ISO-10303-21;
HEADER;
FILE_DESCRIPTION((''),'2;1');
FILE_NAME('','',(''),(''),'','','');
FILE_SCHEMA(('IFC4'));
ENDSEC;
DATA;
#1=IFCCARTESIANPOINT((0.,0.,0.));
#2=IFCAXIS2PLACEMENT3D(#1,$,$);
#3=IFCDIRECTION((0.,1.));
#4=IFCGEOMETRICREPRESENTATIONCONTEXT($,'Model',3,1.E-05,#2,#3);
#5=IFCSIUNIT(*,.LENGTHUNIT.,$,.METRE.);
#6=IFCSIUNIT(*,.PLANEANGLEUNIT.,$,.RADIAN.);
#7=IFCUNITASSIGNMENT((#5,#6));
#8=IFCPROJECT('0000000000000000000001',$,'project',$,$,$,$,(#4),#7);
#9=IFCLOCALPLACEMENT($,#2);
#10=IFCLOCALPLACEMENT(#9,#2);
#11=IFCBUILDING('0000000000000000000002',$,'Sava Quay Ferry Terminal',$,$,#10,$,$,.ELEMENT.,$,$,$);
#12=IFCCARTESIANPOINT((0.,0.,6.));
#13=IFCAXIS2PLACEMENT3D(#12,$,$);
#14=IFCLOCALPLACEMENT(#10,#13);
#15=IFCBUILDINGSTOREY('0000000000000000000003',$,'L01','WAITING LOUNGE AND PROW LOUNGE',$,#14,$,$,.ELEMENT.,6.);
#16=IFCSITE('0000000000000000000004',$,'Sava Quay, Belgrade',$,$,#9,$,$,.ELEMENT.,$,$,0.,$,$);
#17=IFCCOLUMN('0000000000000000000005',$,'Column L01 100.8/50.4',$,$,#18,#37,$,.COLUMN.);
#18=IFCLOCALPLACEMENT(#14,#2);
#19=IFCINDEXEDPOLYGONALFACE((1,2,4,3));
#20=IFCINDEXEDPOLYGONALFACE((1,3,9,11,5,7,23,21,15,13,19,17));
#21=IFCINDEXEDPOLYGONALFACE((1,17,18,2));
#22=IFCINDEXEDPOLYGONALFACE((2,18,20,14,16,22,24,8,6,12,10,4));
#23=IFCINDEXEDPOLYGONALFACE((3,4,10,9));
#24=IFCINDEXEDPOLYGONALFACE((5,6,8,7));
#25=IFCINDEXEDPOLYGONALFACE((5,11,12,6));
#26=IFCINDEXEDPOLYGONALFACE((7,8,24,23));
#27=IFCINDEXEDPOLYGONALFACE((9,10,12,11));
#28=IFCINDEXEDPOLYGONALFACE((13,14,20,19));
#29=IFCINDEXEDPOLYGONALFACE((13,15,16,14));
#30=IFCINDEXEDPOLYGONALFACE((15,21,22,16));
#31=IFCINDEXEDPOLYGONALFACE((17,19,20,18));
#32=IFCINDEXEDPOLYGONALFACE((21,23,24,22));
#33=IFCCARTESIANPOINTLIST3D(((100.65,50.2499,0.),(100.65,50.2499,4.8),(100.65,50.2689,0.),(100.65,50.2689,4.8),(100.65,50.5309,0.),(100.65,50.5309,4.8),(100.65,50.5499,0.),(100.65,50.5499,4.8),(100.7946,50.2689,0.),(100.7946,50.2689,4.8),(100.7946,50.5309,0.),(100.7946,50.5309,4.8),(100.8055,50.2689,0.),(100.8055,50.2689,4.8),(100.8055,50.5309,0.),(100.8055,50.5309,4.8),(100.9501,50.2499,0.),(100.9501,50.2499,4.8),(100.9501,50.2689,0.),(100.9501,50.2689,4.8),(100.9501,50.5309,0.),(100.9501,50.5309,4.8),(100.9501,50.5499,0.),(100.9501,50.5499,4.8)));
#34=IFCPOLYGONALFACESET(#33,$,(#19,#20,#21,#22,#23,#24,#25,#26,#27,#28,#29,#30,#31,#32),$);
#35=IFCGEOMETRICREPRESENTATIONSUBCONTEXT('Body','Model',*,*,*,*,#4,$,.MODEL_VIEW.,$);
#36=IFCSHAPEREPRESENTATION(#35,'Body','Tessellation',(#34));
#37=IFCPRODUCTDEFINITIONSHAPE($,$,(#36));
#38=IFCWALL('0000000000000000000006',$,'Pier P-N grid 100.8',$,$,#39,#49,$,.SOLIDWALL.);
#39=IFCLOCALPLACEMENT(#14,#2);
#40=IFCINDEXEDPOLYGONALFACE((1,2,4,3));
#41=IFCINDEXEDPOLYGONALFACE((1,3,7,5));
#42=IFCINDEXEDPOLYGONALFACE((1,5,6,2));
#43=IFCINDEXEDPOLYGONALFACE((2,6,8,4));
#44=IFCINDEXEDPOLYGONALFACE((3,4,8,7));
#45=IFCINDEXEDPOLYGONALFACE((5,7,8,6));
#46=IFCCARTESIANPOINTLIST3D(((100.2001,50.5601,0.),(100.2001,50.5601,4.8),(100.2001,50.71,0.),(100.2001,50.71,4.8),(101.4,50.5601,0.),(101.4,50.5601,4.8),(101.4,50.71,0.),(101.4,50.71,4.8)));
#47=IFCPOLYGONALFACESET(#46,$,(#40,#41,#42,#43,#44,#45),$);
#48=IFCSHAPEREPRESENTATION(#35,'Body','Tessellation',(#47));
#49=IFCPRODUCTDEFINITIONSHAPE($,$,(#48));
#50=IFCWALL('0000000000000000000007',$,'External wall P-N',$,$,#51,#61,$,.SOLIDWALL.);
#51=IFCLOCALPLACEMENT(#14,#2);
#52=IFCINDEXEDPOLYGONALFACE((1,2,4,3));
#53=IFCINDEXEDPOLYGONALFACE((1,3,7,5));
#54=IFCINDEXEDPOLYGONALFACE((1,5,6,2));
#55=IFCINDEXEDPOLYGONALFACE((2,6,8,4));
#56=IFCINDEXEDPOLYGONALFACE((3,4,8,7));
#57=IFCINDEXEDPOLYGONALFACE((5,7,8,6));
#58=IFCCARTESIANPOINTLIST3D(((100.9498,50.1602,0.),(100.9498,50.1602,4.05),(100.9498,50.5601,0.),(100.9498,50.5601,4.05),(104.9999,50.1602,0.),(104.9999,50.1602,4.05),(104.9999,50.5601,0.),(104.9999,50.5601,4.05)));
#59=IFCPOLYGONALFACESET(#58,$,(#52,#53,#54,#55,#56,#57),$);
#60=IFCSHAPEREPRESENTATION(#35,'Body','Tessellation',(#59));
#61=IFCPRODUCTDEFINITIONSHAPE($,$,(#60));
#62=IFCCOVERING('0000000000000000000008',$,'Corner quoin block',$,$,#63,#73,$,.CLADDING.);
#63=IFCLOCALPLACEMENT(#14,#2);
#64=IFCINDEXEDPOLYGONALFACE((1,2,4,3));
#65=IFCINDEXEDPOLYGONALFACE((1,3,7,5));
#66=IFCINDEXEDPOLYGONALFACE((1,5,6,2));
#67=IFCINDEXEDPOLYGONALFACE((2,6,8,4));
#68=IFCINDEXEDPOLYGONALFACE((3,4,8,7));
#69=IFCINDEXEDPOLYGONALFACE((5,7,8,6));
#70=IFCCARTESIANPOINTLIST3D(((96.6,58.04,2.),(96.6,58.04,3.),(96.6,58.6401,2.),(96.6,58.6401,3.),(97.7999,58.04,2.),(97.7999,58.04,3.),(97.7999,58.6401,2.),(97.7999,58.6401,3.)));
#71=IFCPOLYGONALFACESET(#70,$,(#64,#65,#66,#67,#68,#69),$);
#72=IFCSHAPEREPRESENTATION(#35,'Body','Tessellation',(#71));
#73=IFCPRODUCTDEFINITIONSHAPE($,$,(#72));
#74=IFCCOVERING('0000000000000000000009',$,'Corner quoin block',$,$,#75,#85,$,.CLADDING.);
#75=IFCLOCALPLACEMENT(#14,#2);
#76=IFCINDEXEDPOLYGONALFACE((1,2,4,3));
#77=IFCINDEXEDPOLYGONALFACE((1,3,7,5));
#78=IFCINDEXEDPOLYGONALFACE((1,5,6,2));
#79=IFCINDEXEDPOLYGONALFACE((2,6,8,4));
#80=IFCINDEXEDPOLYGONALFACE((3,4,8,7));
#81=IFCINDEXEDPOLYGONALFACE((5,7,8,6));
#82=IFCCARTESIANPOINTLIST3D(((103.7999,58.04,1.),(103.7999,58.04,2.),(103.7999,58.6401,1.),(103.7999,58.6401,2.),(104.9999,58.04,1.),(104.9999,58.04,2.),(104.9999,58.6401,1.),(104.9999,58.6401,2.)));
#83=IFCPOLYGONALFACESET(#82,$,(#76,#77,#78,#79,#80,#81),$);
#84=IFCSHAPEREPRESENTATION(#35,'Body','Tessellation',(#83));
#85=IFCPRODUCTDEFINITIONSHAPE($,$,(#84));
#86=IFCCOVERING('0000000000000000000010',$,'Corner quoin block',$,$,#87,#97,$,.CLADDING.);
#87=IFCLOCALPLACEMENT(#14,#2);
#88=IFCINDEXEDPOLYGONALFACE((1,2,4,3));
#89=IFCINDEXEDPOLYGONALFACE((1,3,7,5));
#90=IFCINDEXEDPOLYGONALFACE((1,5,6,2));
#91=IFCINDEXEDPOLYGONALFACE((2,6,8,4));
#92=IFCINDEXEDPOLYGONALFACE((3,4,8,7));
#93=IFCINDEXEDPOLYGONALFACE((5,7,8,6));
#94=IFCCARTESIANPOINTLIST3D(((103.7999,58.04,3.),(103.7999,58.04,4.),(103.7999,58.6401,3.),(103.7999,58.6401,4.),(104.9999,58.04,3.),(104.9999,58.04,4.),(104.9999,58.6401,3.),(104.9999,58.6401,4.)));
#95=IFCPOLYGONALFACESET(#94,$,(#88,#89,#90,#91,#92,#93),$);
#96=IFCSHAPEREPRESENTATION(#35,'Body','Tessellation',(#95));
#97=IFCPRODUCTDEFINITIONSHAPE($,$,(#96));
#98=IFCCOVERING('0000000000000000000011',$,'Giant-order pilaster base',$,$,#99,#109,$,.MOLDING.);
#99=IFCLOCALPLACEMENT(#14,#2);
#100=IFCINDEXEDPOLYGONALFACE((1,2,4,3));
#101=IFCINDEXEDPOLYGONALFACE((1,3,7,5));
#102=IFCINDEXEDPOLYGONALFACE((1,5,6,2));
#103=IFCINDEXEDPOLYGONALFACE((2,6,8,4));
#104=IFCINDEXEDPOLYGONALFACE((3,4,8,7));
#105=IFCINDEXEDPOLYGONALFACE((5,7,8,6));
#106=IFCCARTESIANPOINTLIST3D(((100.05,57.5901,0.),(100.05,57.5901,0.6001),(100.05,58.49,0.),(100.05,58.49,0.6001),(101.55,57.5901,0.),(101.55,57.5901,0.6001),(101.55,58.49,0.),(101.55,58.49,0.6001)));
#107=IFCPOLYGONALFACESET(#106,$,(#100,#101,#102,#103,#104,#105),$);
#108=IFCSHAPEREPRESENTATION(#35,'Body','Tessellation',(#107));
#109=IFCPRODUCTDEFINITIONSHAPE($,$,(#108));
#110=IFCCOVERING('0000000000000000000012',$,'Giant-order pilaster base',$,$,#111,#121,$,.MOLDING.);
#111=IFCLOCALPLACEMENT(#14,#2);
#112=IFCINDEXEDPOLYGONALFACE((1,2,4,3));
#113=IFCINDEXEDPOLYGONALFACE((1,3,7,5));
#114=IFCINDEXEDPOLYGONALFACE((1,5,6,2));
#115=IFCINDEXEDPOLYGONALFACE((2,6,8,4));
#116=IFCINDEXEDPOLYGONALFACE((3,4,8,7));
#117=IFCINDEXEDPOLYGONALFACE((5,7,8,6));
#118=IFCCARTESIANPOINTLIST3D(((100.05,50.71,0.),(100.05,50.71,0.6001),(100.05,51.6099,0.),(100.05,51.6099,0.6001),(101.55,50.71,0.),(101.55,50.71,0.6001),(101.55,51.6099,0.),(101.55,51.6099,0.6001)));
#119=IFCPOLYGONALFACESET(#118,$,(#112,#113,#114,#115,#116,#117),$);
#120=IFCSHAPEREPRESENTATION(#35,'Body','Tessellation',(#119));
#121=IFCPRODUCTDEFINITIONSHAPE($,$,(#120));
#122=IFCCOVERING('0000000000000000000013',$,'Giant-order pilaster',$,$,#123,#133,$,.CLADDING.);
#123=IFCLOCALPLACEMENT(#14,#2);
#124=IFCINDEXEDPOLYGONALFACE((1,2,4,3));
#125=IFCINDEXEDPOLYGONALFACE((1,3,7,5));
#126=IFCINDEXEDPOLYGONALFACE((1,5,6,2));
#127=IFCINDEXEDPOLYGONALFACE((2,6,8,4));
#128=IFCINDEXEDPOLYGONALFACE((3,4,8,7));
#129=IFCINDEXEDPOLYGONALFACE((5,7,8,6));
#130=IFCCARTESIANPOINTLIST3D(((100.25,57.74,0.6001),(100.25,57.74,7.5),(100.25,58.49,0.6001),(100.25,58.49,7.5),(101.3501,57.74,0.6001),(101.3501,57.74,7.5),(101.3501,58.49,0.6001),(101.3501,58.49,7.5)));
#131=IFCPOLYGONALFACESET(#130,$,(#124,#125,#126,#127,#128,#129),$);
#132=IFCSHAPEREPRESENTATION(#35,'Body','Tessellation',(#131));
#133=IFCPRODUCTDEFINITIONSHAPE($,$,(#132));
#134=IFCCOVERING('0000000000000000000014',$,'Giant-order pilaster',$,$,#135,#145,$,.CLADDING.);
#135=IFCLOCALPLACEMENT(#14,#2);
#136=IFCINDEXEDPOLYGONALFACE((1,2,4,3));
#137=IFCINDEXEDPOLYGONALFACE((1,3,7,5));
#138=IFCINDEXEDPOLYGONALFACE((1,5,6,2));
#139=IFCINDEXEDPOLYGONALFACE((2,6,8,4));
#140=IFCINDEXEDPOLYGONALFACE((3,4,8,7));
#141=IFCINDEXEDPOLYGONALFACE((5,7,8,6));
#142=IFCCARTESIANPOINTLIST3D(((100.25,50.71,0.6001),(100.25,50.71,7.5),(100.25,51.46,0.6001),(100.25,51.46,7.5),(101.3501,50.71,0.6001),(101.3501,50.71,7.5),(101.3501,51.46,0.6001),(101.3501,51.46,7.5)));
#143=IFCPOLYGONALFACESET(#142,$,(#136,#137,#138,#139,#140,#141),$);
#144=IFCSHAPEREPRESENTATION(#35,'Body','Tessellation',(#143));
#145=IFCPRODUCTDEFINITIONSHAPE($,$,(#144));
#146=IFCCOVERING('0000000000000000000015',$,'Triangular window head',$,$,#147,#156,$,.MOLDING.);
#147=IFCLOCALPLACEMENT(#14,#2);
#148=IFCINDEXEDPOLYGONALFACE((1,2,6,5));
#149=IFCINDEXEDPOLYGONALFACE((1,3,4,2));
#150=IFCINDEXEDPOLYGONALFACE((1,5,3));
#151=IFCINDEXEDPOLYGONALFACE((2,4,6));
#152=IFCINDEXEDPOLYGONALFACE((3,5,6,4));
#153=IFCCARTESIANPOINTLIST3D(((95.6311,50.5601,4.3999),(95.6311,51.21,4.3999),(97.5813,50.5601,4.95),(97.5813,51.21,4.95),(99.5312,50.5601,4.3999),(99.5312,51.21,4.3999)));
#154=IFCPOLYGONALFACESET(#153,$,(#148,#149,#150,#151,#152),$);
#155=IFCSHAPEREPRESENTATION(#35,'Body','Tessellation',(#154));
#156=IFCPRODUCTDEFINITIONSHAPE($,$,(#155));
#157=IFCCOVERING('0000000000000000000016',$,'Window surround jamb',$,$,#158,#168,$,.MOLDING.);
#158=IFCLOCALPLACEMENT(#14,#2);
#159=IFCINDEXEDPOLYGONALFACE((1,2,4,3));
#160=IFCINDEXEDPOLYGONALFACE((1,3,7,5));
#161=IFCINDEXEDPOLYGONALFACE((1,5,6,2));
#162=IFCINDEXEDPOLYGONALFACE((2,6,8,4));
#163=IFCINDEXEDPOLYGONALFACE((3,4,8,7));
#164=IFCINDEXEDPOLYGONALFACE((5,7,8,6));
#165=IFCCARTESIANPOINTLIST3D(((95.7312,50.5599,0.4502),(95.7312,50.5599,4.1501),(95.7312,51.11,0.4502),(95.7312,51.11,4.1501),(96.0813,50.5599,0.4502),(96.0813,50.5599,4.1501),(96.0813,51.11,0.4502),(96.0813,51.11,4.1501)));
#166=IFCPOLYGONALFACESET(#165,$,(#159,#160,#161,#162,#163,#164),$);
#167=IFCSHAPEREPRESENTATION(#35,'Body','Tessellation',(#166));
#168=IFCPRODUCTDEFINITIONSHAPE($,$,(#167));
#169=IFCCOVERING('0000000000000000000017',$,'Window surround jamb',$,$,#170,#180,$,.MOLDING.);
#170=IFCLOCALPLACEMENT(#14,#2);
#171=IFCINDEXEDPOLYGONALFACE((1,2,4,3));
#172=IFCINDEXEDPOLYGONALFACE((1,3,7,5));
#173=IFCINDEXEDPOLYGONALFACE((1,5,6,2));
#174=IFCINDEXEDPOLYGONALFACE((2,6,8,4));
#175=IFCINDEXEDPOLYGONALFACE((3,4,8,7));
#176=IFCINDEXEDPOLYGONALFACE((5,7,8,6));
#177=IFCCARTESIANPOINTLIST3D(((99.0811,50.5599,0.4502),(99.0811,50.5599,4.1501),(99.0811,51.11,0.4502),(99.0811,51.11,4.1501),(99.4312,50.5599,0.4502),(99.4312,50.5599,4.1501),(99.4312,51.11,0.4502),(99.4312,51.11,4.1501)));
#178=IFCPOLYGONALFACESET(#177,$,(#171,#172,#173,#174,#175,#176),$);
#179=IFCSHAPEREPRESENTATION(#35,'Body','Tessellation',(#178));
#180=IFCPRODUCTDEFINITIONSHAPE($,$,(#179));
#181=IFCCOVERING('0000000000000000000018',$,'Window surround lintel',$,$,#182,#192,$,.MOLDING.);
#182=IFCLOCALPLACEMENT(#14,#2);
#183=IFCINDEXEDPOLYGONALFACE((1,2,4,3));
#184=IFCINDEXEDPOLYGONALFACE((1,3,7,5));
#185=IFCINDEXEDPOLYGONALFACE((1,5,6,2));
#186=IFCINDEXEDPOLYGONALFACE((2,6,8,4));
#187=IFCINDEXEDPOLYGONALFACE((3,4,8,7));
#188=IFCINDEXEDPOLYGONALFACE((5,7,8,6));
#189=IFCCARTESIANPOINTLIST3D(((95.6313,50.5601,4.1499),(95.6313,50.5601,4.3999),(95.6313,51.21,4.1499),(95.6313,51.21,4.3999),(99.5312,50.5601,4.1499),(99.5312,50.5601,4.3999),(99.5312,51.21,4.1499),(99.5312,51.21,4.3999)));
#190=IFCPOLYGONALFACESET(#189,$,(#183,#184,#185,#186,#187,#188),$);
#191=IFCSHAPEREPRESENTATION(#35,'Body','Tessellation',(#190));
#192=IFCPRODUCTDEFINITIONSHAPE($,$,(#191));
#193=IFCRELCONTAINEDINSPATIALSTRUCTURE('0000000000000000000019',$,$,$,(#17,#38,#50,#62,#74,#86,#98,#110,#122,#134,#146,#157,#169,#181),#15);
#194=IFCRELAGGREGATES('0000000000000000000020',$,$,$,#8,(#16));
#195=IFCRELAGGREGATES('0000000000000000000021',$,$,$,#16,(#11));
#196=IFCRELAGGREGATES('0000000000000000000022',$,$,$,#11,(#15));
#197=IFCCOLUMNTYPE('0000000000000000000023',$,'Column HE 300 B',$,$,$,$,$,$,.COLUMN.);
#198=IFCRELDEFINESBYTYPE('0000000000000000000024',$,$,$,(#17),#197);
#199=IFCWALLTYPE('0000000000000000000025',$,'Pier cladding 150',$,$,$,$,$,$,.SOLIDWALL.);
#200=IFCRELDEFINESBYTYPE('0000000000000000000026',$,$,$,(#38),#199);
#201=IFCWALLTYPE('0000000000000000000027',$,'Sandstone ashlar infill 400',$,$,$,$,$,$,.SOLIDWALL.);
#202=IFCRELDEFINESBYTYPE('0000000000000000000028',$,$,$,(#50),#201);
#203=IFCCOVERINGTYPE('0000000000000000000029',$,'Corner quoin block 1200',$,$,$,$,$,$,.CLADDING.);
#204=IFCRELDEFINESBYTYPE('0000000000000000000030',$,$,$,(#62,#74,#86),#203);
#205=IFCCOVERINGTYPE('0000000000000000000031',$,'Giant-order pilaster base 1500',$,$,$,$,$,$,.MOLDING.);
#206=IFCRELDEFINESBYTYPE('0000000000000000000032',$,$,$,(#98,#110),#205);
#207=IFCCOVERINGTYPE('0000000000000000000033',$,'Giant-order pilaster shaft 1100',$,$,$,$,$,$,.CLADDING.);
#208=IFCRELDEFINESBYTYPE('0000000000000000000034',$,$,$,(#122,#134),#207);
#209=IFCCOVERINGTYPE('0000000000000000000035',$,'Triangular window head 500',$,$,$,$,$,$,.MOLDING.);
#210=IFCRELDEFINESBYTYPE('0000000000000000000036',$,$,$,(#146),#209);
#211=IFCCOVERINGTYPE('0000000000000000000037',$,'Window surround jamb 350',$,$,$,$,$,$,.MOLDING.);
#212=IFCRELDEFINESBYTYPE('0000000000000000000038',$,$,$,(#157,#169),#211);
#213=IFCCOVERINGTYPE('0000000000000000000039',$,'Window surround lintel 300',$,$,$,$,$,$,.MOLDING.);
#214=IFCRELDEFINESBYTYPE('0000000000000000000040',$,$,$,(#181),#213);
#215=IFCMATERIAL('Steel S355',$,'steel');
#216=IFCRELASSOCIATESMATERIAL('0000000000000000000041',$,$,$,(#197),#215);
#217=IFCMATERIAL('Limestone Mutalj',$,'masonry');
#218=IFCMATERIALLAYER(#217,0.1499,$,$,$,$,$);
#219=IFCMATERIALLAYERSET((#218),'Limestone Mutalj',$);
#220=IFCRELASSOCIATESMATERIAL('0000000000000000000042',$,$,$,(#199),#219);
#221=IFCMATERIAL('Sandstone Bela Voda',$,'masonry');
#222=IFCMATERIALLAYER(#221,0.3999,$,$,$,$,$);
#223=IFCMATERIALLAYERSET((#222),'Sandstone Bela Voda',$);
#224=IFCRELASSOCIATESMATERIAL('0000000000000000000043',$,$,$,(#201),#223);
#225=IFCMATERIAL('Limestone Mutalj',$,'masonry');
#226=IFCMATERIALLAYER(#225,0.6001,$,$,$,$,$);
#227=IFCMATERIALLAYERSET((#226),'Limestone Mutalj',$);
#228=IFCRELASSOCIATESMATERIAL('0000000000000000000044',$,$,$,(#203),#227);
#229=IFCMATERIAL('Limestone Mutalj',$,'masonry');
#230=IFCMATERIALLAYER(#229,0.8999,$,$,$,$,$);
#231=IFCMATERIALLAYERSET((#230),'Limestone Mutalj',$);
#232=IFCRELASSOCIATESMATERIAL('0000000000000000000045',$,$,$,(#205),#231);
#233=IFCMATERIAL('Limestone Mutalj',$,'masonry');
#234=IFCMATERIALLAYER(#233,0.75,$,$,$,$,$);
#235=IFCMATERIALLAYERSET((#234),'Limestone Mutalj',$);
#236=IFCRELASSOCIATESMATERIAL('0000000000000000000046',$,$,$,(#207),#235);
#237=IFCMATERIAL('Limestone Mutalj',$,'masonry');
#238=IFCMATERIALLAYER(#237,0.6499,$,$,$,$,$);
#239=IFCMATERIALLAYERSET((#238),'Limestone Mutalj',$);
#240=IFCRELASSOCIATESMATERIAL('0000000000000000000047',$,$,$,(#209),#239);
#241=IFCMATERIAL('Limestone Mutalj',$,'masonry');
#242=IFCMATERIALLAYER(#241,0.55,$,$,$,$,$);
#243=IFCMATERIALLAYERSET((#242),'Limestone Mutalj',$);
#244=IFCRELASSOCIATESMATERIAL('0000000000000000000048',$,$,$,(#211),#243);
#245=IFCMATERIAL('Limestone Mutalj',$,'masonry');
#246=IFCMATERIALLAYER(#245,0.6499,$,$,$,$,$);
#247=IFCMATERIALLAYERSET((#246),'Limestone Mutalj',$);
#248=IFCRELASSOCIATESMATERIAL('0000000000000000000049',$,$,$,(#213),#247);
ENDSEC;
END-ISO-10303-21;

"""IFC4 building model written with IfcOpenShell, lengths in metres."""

from ifc_helpers import new_model, si_unit, direction, frame, frame_2d, origin, origin_2d, place, context, subcontext, project, spatial, polyline, rectangle, i_section, outline, extrude, material, layer, layer_set, material_profile, profile_set, type_object, element, save


model = new_model("IFC4")

# Units and contexts
model_context = context("Model", 3, precision=1e-05, world=origin(), true_north=direction((0.0, 1.0)))
body_context = subcontext(model_context, "Body", "Model", "MODEL_VIEW")
ifc_project = project(units=[si_unit("LENGTHUNIT", "METRE"), si_unit("PLANEANGLEUNIT", "RADIAN")], contexts=[model_context])

# Site, building, storey
site_placement = place(None, origin())
site = spatial("IfcSite", under=ifc_project, at=site_placement, Name="Sava Quay, Belgrade", CompositionType="ELEMENT", RefElevation=0.0)
building_placement = place(site_placement, origin())
building = spatial("IfcBuilding", under=site, at=building_placement, Name="Sava Quay Ferry Terminal", CompositionType="ELEMENT")
storey_placement = place(building_placement, frame((0.0, 0.0, 6.0)))
storey = spatial("IfcBuildingStorey", under=building, at=storey_placement, Name="L01", Description="WAITING LOUNGE AND PROW LOUNGE", CompositionType="ELEMENT", Elevation=6.0)

# Column
ifc_material_1 = material(Name="Steel S355", Category="steel")
ifc_material_profile = material_profile(ifc_material_1, i_section(OverallWidth=0.3, OverallDepth=0.3, WebThickness=0.011, FlangeThickness=0.019, at=origin_2d()), Name="HE 300 B")
ifc_profile_set = profile_set([ifc_material_profile], Name="Steel S355")
column_type = type_object("IfcColumnType", Name="Column HE 300 B", PredefinedType="COLUMN", material=ifc_profile_set)
column_placement = place(storey_placement, frame((100.8, 50.3999, 0.0), z_axis=(0.0, 0.0, 1.0), x_axis=(1.0, 0.0, 0.0)))
element("IfcColumn", 1, at=column_placement, inside=storey, type_object=column_type, Name="Column L01 100.8/50.4", PredefinedType="COLUMN", context=body_context, shape_type="SweptSolid", body=[
    extrude(i_section(OverallWidth=0.3, OverallDepth=0.3, WebThickness=0.011, FlangeThickness=0.019, at=origin_2d()), origin(), (0.0, 0.0, 1.0), 4.8),
])

# Walls
ifc_material_2 = material(Name="Limestone Mutalj", Category="masonry")
ifc_layer_1 = layer(ifc_material_2, 0.1499)
ifc_layer_set_1 = layer_set([ifc_layer_1], Name="Limestone Mutalj")
wall_type_1 = type_object("IfcWallType", Name="Pier cladding 150", PredefinedType="SOLIDWALL", material=ifc_layer_set_1)
wall_1_placement = place(storey_placement, frame((100.2, 50.635, 0.0), z_axis=(0.0, 0.0, 1.0), x_axis=(1.0, 0.0, 0.0)))
element("IfcWall", 2, at=wall_1_placement, inside=storey, type_object=wall_type_1, Name="Pier P-N grid 100.8", PredefinedType="SOLIDWALL", context=body_context, shape_type="SweptSolid", body=[
    extrude(rectangle(XDim=1.2, YDim=0.1499, at=frame_2d((0.6001, 0.0))), origin(), (0.0, 0.0, 1.0), 4.8),
])
ifc_material_3 = material(Name="Sandstone Bela Voda", Category="masonry")
ifc_layer_2 = layer(ifc_material_3, 0.3999)
ifc_layer_set_2 = layer_set([ifc_layer_2], Name="Sandstone Bela Voda")
wall_type_2 = type_object("IfcWallType", Name="Sandstone ashlar infill 400", PredefinedType="SOLIDWALL", material=ifc_layer_set_2)
wall_2_placement = place(storey_placement, frame((100.95, 50.3601, 0.0), z_axis=(0.0, 0.0, 1.0), x_axis=(1.0, 0.0, 0.0)))
element("IfcWall", 3, at=wall_2_placement, inside=storey, type_object=wall_type_2, Name="External wall P-N", PredefinedType="SOLIDWALL", context=body_context, shape_type="SweptSolid", body=[
    extrude(rectangle(XDim=4.05, YDim=0.3999, at=frame_2d((2.0249, 0.0))), origin(), (0.0, 0.0, 1.0), 4.05),
])

# Coverings
ifc_material_4 = material(Name="Limestone Mutalj", Category="masonry")
ifc_layer_3 = layer(ifc_material_4, 0.6001)
ifc_layer_set_3 = layer_set([ifc_layer_3], Name="Limestone Mutalj")
covering_type_1 = type_object("IfcCoveringType", Name="Corner quoin block 1200", PredefinedType="CLADDING", material=ifc_layer_set_3)
for number, where, z_axis, x_axis, name in (
    (4, (97.2, 58.3401, 2.0), (0.0, 0.0, 1.0), (1.0, 0.0, 0.0), "Corner quoin block"),
    (5, (104.3999, 58.3401, 1.0), (0.0, 0.0, 1.0), (1.0, 0.0, 0.0), "Corner quoin block"),
    (6, (104.3999, 58.3401, 3.0), (0.0, 0.0, 1.0), (1.0, 0.0, 0.0), "Corner quoin block"),
):
    element("IfcCovering", number, at=place(storey_placement, frame(where, z_axis=z_axis, x_axis=x_axis)), inside=storey, type_object=covering_type_1, Name=name, PredefinedType="CLADDING", context=body_context, shape_type="SweptSolid", body=[
        extrude(rectangle(XDim=1.2, YDim=0.6001, at=origin_2d()), origin(), (0.0, 0.0, 1.0), 1.0),
    ])
ifc_material_5 = material(Name="Limestone Mutalj", Category="masonry")
ifc_layer_4 = layer(ifc_material_5, 0.8999)
ifc_layer_set_4 = layer_set([ifc_layer_4], Name="Limestone Mutalj")
covering_type_2 = type_object("IfcCoveringType", Name="Giant-order pilaster base 1500", PredefinedType="MOLDING", material=ifc_layer_set_4)
for number, where, z_axis, x_axis, name in (
    (7, (100.8, 58.04, 0.0), (0.0, 0.0, 1.0), (1.0, 0.0, 0.0), "Giant-order pilaster base"),
    (8, (100.8, 51.1599, 0.0), (0.0, 0.0, 1.0), (1.0, 0.0, 0.0), "Giant-order pilaster base"),
):
    element("IfcCovering", number, at=place(storey_placement, frame(where, z_axis=z_axis, x_axis=x_axis)), inside=storey, type_object=covering_type_2, Name=name, PredefinedType="MOLDING", context=body_context, shape_type="SweptSolid", body=[
        extrude(rectangle(XDim=1.5, YDim=0.8999, at=origin_2d()), origin(), (0.0, 0.0, 1.0), 0.6001),
    ])
ifc_material_6 = material(Name="Limestone Mutalj", Category="masonry")
ifc_layer_5 = layer(ifc_material_6, 0.75)
ifc_layer_set_5 = layer_set([ifc_layer_5], Name="Limestone Mutalj")
covering_type_3 = type_object("IfcCoveringType", Name="Giant-order pilaster shaft 1100", PredefinedType="CLADDING", material=ifc_layer_set_5)
for number, where, z_axis, x_axis, name in (
    (9, (100.8, 58.115, 0.6001), (0.0, 0.0, 1.0), (1.0, 0.0, 0.0), "Giant-order pilaster"),
    (10, (100.8, 51.085, 0.6001), (0.0, 0.0, 1.0), (1.0, 0.0, 0.0), "Giant-order pilaster"),
):
    element("IfcCovering", number, at=place(storey_placement, frame(where, z_axis=z_axis, x_axis=x_axis)), inside=storey, type_object=covering_type_3, Name=name, PredefinedType="CLADDING", context=body_context, shape_type="SweptSolid", body=[
        extrude(rectangle(XDim=1.1001, YDim=0.75, at=origin_2d()), origin(), (0.0, 0.0, 1.0), 6.8999),
    ])
ifc_material_7 = material(Name="Limestone Mutalj", Category="masonry")
ifc_layer_6 = layer(ifc_material_7, 0.6499)
ifc_layer_set_6 = layer_set([ifc_layer_6], Name="Limestone Mutalj")
covering_type_4 = type_object("IfcCoveringType", Name="Triangular window head 500", PredefinedType="MOLDING", material=ifc_layer_set_6)
covering_1_placement = place(storey_placement, frame((95.6311, 50.5601, 4.3999), z_axis=(0.0, -1.0, 0.0), x_axis=(1.0, 0.0, 0.0)))
element("IfcCovering", 11, at=covering_1_placement, inside=storey, type_object=covering_type_4, Name="Triangular window head", PredefinedType="MOLDING", context=body_context, shape_type="SweptSolid", body=[
    extrude(outline(polyline([(0.0, 0.0), (3.9001, 0.0), (1.9502, 0.55), (0.0, 0.0)])), origin(), (0.0, 0.0, -1.0), 0.6499),
])
ifc_material_8 = material(Name="Limestone Mutalj", Category="masonry")
ifc_layer_7 = layer(ifc_material_8, 0.55)
ifc_layer_set_7 = layer_set([ifc_layer_7], Name="Limestone Mutalj")
covering_type_5 = type_object("IfcCoveringType", Name="Window surround jamb 350", PredefinedType="MOLDING", material=ifc_layer_set_7)
for number, where, z_axis, x_axis, name in (
    (12, (95.9062, 50.835, 0.4502), (0.0, 0.0, 1.0), (1.0, 0.0, 0.0), "Window surround jamb"),
    (13, (99.2561, 50.835, 0.4502), (0.0, 0.0, 1.0), (1.0, 0.0, 0.0), "Window surround jamb"),
):
    element("IfcCovering", number, at=place(storey_placement, frame(where, z_axis=z_axis, x_axis=x_axis)), inside=storey, type_object=covering_type_5, Name=name, PredefinedType="MOLDING", context=body_context, shape_type="SweptSolid", body=[
        extrude(rectangle(XDim=0.3501, YDim=0.55, at=origin_2d()), origin(), (0.0, 0.0, 1.0), 3.7),
    ])
ifc_material_9 = material(Name="Limestone Mutalj", Category="masonry")
ifc_layer_8 = layer(ifc_material_9, 0.6499)
ifc_layer_set_8 = layer_set([ifc_layer_8], Name="Limestone Mutalj")
covering_type_6 = type_object("IfcCoveringType", Name="Window surround lintel 300", PredefinedType="MOLDING", material=ifc_layer_set_8)
covering_2_placement = place(storey_placement, frame((97.5813, 50.885, 4.1499), z_axis=(0.0, 0.0, 1.0), x_axis=(1.0, 0.0, 0.0)))
element("IfcCovering", 14, at=covering_2_placement, inside=storey, type_object=covering_type_6, Name="Window surround lintel", PredefinedType="MOLDING", context=body_context, shape_type="SweptSolid", body=[
    extrude(rectangle(XDim=3.8999, YDim=0.6499, at=origin_2d()), origin(), (0.0, 0.0, 1.0), 0.25),
])

save(model, "model.ifc")
